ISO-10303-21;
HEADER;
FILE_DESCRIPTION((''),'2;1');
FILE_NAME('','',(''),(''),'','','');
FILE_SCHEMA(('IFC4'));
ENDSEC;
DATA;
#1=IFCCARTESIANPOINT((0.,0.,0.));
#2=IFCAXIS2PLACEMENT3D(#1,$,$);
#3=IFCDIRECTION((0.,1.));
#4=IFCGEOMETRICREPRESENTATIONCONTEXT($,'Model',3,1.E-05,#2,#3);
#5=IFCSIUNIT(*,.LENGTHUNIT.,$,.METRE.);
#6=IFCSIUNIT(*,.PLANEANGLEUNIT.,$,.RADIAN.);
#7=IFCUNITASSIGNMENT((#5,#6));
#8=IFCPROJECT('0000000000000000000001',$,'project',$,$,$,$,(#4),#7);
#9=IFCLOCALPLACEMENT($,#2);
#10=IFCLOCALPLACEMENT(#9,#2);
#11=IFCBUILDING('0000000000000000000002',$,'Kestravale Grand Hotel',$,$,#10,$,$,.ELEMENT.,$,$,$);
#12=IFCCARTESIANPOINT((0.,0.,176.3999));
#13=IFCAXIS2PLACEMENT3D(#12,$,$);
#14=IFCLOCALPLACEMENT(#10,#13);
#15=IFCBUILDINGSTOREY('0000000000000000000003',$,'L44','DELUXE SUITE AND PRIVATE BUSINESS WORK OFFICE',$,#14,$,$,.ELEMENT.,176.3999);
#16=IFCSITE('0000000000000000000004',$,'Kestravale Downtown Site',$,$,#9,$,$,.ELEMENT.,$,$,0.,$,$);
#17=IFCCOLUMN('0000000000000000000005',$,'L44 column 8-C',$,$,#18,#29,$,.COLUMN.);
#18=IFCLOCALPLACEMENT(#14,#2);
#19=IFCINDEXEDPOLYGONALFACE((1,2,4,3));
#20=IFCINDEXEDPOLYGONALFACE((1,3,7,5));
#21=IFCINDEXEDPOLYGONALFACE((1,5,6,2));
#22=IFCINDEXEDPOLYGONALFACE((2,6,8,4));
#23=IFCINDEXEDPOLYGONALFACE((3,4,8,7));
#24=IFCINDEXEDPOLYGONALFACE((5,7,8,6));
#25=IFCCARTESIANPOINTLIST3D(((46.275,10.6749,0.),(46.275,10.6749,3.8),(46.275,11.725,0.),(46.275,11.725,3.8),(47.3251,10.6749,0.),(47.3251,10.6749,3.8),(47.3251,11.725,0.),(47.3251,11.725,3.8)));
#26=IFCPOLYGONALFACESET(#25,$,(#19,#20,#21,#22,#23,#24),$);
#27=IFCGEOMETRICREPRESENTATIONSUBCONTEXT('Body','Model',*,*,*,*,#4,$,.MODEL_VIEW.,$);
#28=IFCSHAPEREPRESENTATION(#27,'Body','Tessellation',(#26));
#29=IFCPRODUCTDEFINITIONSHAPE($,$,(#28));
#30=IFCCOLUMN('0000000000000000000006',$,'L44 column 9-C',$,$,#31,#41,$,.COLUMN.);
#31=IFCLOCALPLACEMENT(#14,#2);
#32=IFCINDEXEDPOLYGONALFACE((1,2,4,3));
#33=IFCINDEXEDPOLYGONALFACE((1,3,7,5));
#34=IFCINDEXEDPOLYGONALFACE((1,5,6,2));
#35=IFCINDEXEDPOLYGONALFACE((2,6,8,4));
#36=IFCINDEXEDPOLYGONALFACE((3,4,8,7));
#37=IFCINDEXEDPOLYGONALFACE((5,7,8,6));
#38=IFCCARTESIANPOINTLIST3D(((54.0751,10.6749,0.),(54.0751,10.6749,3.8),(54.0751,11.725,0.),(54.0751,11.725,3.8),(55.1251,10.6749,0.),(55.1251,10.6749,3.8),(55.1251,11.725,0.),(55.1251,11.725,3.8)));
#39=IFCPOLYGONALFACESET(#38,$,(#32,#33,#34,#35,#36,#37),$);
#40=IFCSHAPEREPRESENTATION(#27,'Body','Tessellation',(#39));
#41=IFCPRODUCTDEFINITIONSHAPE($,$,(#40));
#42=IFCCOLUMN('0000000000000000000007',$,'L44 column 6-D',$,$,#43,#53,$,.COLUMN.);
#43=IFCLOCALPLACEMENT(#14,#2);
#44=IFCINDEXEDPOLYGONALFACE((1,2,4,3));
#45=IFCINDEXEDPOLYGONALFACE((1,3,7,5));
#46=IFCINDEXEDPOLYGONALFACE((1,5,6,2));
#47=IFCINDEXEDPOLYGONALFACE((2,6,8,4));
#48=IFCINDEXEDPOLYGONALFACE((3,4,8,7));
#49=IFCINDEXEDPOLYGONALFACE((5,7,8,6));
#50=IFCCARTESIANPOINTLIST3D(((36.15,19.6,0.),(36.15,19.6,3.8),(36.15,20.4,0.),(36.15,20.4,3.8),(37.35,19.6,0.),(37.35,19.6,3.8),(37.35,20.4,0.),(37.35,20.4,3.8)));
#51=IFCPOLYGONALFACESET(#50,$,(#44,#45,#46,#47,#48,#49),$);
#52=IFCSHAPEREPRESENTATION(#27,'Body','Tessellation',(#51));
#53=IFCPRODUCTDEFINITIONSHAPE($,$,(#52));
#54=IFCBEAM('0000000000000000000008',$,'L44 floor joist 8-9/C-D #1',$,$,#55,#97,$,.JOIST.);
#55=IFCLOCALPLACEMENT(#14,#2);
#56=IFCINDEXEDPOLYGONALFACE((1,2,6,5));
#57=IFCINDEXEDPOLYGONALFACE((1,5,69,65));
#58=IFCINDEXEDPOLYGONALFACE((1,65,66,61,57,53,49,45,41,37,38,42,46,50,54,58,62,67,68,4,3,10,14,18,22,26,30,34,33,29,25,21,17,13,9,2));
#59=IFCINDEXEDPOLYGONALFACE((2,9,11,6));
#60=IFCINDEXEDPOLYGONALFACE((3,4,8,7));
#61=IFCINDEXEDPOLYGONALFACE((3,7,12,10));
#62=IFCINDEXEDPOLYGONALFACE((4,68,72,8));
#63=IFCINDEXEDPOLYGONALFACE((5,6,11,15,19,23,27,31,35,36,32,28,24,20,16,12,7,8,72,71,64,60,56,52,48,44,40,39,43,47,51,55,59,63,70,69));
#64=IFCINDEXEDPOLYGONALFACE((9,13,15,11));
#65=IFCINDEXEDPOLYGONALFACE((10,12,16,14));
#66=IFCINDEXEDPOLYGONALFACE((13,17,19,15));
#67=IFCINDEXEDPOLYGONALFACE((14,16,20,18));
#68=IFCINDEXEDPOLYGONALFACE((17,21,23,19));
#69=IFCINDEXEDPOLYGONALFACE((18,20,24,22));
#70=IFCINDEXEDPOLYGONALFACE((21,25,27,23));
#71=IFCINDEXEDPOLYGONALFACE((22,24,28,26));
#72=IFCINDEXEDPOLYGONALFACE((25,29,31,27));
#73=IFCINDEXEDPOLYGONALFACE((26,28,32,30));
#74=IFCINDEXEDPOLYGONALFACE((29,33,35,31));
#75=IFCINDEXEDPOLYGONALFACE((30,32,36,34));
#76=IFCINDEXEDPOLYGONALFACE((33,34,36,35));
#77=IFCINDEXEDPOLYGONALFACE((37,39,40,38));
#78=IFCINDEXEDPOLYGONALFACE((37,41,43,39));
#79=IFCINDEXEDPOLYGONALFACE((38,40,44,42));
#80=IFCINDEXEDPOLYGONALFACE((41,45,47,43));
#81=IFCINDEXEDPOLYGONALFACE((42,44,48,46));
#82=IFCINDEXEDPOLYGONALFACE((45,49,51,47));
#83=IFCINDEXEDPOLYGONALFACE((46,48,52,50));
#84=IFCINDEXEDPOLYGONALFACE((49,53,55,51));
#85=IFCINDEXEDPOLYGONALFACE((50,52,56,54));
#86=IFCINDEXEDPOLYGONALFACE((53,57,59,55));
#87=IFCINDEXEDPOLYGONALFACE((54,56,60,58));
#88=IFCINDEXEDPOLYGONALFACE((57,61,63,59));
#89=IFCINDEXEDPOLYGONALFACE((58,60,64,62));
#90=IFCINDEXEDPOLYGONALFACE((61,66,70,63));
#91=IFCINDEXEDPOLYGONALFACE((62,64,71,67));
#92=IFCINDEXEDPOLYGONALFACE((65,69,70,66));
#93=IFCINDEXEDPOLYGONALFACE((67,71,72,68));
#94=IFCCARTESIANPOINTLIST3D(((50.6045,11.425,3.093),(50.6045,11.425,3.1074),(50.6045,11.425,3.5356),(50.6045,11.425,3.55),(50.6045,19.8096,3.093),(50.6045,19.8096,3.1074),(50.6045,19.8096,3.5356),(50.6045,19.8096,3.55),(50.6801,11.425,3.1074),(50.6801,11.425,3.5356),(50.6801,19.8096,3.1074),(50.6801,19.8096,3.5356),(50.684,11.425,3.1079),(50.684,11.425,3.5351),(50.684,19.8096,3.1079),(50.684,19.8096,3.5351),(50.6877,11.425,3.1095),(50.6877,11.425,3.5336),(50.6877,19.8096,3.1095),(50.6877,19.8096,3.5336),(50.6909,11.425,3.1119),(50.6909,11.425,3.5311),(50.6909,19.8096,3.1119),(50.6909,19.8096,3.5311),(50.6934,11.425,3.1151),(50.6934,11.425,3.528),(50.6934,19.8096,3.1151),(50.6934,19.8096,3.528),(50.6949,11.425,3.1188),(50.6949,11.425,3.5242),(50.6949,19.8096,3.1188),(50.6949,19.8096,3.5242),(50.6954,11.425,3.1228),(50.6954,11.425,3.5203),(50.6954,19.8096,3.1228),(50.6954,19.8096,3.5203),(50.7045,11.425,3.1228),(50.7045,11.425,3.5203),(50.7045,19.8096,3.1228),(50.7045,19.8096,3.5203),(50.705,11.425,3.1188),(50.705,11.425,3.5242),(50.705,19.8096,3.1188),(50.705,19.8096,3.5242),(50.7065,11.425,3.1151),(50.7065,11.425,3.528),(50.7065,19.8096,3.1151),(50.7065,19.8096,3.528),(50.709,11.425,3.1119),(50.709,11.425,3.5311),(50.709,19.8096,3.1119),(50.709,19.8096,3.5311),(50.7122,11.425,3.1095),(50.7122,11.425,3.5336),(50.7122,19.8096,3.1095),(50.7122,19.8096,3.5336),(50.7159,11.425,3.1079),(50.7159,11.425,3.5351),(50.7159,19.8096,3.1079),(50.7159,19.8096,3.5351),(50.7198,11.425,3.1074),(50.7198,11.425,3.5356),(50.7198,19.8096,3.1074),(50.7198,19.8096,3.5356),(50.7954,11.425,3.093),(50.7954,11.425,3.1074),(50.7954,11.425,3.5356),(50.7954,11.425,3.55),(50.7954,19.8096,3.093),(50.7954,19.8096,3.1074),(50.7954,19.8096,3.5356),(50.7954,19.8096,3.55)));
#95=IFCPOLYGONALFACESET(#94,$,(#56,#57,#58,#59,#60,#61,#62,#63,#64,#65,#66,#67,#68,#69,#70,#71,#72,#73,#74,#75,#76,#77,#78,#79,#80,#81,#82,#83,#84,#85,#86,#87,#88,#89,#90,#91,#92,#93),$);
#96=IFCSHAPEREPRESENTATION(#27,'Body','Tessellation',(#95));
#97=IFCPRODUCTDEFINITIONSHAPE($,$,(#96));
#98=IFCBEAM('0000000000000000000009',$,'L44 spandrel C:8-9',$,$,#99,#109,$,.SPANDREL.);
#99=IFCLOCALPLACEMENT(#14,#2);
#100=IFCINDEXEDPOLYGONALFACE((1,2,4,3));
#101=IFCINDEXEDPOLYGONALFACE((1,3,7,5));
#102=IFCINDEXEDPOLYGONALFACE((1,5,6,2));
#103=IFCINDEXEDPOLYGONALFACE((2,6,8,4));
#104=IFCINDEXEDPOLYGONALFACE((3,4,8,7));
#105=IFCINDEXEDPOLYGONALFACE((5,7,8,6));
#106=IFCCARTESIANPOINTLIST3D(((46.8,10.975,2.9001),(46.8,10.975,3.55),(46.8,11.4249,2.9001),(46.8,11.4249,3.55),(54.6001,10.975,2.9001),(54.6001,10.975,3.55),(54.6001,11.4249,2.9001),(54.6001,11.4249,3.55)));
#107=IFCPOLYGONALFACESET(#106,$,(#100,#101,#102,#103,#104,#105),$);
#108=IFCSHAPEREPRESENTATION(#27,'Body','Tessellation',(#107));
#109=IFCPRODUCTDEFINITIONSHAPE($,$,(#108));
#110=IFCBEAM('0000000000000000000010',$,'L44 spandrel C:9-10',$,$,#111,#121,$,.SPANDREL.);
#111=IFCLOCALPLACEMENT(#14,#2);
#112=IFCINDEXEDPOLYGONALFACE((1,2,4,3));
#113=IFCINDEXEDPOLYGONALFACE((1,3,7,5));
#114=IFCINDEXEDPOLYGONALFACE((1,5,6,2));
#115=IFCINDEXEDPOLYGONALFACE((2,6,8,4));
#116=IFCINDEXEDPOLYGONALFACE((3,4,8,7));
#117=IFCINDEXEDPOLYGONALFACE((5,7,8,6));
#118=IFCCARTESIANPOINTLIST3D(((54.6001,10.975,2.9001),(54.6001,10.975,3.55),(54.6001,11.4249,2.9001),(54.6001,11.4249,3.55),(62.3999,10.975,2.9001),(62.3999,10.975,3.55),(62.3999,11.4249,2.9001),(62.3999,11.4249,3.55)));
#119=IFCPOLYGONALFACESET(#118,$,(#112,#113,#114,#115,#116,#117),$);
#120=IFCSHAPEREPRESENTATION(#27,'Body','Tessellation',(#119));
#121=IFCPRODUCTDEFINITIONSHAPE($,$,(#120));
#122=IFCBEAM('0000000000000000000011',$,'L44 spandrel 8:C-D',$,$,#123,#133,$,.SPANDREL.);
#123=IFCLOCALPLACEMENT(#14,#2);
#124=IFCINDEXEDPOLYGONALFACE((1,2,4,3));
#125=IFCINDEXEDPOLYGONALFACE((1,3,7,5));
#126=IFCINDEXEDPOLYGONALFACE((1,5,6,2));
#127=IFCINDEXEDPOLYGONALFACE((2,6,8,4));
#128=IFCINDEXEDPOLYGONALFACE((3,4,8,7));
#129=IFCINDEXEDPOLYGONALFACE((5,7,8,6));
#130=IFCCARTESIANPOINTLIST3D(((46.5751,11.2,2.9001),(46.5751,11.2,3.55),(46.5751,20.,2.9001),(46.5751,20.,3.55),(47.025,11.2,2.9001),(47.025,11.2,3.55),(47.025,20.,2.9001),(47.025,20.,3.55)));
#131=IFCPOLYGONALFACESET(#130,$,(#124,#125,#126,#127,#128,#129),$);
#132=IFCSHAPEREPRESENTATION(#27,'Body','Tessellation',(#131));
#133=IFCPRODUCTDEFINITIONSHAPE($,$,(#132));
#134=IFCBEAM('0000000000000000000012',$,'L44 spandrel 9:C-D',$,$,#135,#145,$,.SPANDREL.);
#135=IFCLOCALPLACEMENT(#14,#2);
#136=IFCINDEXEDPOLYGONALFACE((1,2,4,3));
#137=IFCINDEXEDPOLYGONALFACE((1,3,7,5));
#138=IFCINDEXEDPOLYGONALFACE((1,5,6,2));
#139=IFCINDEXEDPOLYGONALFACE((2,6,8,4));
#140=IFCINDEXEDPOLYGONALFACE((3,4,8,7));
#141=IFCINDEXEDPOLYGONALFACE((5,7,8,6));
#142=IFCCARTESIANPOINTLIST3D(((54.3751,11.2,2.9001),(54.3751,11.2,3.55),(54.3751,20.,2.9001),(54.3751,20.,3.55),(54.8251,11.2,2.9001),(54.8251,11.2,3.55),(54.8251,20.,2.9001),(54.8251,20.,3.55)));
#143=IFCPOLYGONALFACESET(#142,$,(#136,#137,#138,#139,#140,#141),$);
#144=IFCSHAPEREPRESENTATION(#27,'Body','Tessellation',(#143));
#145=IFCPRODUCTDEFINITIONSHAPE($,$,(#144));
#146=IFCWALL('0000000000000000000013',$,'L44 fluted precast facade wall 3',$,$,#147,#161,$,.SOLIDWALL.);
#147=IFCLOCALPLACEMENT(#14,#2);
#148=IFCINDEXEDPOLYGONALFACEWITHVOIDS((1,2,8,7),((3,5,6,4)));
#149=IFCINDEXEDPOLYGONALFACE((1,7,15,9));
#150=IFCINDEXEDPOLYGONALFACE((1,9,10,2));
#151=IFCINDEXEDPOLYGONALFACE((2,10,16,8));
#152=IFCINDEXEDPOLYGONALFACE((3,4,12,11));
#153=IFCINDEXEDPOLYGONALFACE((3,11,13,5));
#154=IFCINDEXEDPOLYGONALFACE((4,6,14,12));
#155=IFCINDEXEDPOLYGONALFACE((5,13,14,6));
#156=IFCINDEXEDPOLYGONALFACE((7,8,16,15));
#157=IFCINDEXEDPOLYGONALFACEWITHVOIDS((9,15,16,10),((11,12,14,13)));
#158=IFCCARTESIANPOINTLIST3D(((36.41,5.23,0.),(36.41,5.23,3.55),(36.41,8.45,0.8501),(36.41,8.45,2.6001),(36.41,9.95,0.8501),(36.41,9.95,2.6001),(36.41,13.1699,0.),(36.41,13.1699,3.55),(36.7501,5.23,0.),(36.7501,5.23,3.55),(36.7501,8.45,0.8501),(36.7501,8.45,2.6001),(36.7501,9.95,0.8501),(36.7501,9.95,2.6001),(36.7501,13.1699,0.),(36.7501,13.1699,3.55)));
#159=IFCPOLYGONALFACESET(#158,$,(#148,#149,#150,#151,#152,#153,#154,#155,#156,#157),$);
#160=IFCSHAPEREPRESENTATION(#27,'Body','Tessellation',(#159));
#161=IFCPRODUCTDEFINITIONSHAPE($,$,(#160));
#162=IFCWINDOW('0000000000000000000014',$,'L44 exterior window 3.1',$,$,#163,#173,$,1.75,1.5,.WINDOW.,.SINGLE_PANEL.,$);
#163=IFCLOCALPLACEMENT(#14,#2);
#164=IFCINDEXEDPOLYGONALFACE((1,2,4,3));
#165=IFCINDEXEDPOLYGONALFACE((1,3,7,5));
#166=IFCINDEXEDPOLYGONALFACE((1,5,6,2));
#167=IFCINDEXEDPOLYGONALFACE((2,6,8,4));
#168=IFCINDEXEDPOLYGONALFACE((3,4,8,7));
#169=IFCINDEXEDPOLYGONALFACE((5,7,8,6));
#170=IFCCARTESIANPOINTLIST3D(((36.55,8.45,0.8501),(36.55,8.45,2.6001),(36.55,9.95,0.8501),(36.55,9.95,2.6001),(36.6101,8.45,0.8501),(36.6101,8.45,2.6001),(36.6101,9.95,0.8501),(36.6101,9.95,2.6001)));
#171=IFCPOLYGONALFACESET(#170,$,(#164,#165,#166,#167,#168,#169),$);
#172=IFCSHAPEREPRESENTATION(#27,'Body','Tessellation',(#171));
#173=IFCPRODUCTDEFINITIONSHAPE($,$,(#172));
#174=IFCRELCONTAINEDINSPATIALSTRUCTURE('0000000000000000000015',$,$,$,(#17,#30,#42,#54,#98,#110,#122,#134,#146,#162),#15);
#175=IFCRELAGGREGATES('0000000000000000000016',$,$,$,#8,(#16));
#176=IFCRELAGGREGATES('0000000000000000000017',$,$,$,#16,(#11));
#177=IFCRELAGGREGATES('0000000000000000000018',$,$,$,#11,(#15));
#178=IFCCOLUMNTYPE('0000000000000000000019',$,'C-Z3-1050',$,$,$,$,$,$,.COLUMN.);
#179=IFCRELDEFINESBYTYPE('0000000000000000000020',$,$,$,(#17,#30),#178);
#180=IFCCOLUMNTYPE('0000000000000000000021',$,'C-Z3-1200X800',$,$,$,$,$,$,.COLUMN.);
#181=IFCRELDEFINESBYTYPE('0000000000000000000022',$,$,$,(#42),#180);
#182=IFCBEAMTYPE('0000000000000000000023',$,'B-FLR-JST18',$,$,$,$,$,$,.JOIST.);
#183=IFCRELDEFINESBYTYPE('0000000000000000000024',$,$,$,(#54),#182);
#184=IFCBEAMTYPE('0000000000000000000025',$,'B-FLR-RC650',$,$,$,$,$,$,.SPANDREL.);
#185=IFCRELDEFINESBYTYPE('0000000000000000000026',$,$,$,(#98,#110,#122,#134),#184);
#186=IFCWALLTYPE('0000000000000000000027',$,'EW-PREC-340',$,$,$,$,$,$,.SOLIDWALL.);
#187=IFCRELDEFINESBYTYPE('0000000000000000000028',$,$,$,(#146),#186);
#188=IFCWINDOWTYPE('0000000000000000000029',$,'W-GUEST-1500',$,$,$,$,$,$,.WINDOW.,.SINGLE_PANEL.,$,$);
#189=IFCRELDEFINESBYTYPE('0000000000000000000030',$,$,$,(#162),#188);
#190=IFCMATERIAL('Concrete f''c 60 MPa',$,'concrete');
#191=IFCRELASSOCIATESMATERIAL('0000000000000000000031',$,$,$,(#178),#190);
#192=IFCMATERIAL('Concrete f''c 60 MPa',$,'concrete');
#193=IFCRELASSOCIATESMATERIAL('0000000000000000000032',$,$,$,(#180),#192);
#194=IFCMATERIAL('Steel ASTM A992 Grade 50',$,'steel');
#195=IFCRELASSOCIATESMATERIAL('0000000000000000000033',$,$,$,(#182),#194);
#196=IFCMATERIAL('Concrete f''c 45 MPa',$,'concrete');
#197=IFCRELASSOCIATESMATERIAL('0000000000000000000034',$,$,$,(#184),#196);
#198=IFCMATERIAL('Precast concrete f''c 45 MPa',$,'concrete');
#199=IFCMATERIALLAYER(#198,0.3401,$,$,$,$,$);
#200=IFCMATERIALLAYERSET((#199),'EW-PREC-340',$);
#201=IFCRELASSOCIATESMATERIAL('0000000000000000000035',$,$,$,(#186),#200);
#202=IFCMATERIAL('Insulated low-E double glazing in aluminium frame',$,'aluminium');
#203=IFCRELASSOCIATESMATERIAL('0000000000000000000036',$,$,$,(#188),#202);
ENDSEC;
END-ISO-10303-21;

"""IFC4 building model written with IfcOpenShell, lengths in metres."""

from ifc_helpers import new_model, si_unit, direction, frame, frame_2d, origin, origin_2d, place, context, subcontext, project, spatial, rectangle, i_section, extrude, material, layer, layer_set, material_profile, profile_set, type_object, element, fill, save


model = new_model("IFC4")

# Units and contexts
model_context = context("Model", 3, precision=1e-05, world=origin(), true_north=direction((0.0, 1.0)))
body_context = subcontext(model_context, "Body", "Model", "MODEL_VIEW")
ifc_project = project(units=[si_unit("LENGTHUNIT", "METRE"), si_unit("PLANEANGLEUNIT", "RADIAN")], contexts=[model_context])

# Site, building, storey
site_placement = place(None, origin())
site = spatial("IfcSite", under=ifc_project, at=site_placement, Name="Kestravale Downtown Site", CompositionType="ELEMENT", RefElevation=0.0)
building_placement = place(site_placement, origin())
building = spatial("IfcBuilding", under=site, at=building_placement, Name="Kestravale Grand Hotel", CompositionType="ELEMENT")
storey_placement = place(building_placement, frame((0.0, 0.0, 176.3999)))
storey = spatial("IfcBuildingStorey", under=building, at=storey_placement, Name="L44", Description="DELUXE SUITE AND PRIVATE BUSINESS WORK OFFICE", CompositionType="ELEMENT", Elevation=176.3999)

# Columns
ifc_material_1 = material(Name="Concrete f'c 60 MPa", Category="concrete")
ifc_material_profile_1 = material_profile(ifc_material_1, rectangle(XDim=1.05, YDim=1.05, at=origin_2d()))
ifc_profile_set_1 = profile_set([ifc_material_profile_1], Name="Concrete f'c 60 MPa")
column_type_1 = type_object("IfcColumnType", Name="C-Z3-1050", PredefinedType="COLUMN", material=ifc_profile_set_1)
for number, where, z_axis, x_axis, name in (
    (1, (46.8, 11.2, 0.0), (0.0, 0.0, 1.0), (1.0, 0.0, 0.0), "L44 column 8-C"),
    (2, (54.6001, 11.2, 0.0), (0.0, 0.0, 1.0), (1.0, 0.0, 0.0), "L44 column 9-C"),
):
    element("IfcColumn", number, at=place(storey_placement, frame(where, z_axis=z_axis, x_axis=x_axis)), inside=storey, type_object=column_type_1, Name=name, PredefinedType="COLUMN", context=body_context, shape_type="SweptSolid", body=[
        extrude(rectangle(XDim=1.05, YDim=1.05, at=origin_2d()), origin(), (0.0, 0.0, 1.0), 3.8),
    ])
ifc_material_2 = material(Name="Concrete f'c 60 MPa", Category="concrete")
ifc_material_profile_2 = material_profile(ifc_material_2, rectangle(XDim=1.2, YDim=0.8, at=origin_2d()))
ifc_profile_set_2 = profile_set([ifc_material_profile_2], Name="Concrete f'c 60 MPa")
column_type_2 = type_object("IfcColumnType", Name="C-Z3-1200X800", PredefinedType="COLUMN", material=ifc_profile_set_2)
column_placement = place(storey_placement, frame((36.75, 20.0, 0.0), z_axis=(0.0, 0.0, 1.0), x_axis=(1.0, 0.0, 0.0)))
element("IfcColumn", 3, at=column_placement, inside=storey, type_object=column_type_2, Name="L44 column 6-D", PredefinedType="COLUMN", context=body_context, shape_type="SweptSolid", body=[
    extrude(rectangle(XDim=1.2, YDim=0.8, at=origin_2d()), origin(), (0.0, 0.0, 1.0), 3.8),
])

# Beams
ifc_material_3 = material(Name="Steel ASTM A992 Grade 50", Category="steel")
ifc_material_profile_3 = material_profile(ifc_material_3, i_section(OverallWidth=0.1909, OverallDepth=0.457, WebThickness=0.009, FlangeThickness=0.0144, FilletRadius=0.0154, at=origin_2d()))
ifc_profile_set_3 = profile_set([ifc_material_profile_3], Name="Steel ASTM A992 Grade 50")
beam_type_1 = type_object("IfcBeamType", Name="B-FLR-JST18", PredefinedType="JOIST", material=ifc_profile_set_3)
beam_1_placement = place(storey_placement, frame((50.7, 11.425, 3.3215), z_axis=(0.0, 1.0, 0.0), x_axis=(-1.0, 0.0, 0.0)))
element("IfcBeam", 4, at=beam_1_placement, inside=storey, type_object=beam_type_1, Name="L44 floor joist 8-9/C-D #1", PredefinedType="JOIST", context=body_context, shape_type="SweptSolid", body=[
    extrude(i_section(OverallWidth=0.1909, OverallDepth=0.457, WebThickness=0.009, FlangeThickness=0.0144, FilletRadius=0.0154, at=origin_2d()), origin(), (0.0, 0.0, 1.0), 8.3845),
])
ifc_material_4 = material(Name="Concrete f'c 45 MPa", Category="concrete")
ifc_material_profile_4 = material_profile(ifc_material_4, rectangle(XDim=0.45, YDim=0.6499, at=origin_2d()))
ifc_profile_set_4 = profile_set([ifc_material_profile_4], Name="Concrete f'c 45 MPa")
beam_type_2 = type_object("IfcBeamType", Name="B-FLR-RC650", PredefinedType="SPANDREL", material=ifc_profile_set_4)
beam_2_placement = place(storey_placement, frame((46.8, 11.2, 3.2251), z_axis=(1.0, 0.0, 0.0), x_axis=(0.0, 1.0, 0.0)))
element("IfcBeam", 5, at=beam_2_placement, inside=storey, type_object=beam_type_2, Name="L44 spandrel C:8-9", PredefinedType="SPANDREL", context=body_context, shape_type="SweptSolid", body=[
    extrude(rectangle(XDim=0.45, YDim=0.6499, at=origin_2d()), origin(), (0.0, 0.0, 1.0), 7.8),
])
beam_3_placement = place(storey_placement, frame((54.6001, 11.2, 3.2251), z_axis=(1.0, 0.0, 0.0), x_axis=(0.0, 1.0, 0.0)))
element("IfcBeam", 6, at=beam_3_placement, inside=storey, type_object=beam_type_2, Name="L44 spandrel C:9-10", PredefinedType="SPANDREL", context=body_context, shape_type="SweptSolid", body=[
    extrude(rectangle(XDim=0.45, YDim=0.6499, at=origin_2d()), origin(), (0.0, 0.0, 1.0), 7.7998),
])
for number, where, z_axis, x_axis, name in (
    (7, (46.8, 11.2, 3.2251), (0.0, 1.0, 0.0), (-1.0, 0.0, 0.0), "L44 spandrel 8:C-D"),
    (8, (54.6001, 11.2, 3.2251), (0.0, 1.0, 0.0), (-1.0, 0.0, 0.0), "L44 spandrel 9:C-D"),
):
    element("IfcBeam", number, at=place(storey_placement, frame(where, z_axis=z_axis, x_axis=x_axis)), inside=storey, type_object=beam_type_2, Name=name, PredefinedType="SPANDREL", context=body_context, shape_type="SweptSolid", body=[
        extrude(rectangle(XDim=0.45, YDim=0.6499, at=origin_2d()), origin(), (0.0, 0.0, 1.0), 8.8),
    ])

# Wall, opening, window
ifc_material_5 = material(Name="Precast concrete f'c 45 MPa", Category="concrete")
ifc_layer_1 = layer(ifc_material_5, 0.3401)
ifc_layer_set_1 = layer_set([ifc_layer_1], Name="EW-PREC-340")
wall_type_1 = type_object("IfcWallType", Name="EW-PREC-340", PredefinedType="SOLIDWALL", material=ifc_layer_set_1)
wall_1_placement = place(storey_placement, frame((36.5801, 5.23, 0.0), z_axis=(0.0, 0.0, 1.0), x_axis=(0.0, 1.0, 0.0)))
wall_1 = element("IfcWall", 9, at=wall_1_placement, inside=storey, type_object=wall_type_1, Name="L44 fluted precast facade wall 3", PredefinedType="SOLIDWALL", context=body_context, shape_type="SweptSolid", body=[
    extrude(rectangle(XDim=7.9399, YDim=0.3401, at=frame_2d((3.97, 0.0))), origin(), (0.0, 0.0, 1.0), 3.55),
])
opening_1_placement = place(wall_1_placement, frame((3.22, 0.0, 0.8501)))
opening_1 = element("IfcOpeningElement", 10, at=opening_1_placement, cuts=wall_1, PredefinedType="OPENING", context=body_context, shape_type="SweptSolid", body=[
    extrude(rectangle(XDim=1.5, YDim=1.75, at=frame_2d((0.75, 0.875))), frame((0.0, 0.1799, 0.0), z_axis=(0.0, -1.0, 0.0), x_axis=(1.0, 0.0, 0.0)), (0.0, 0.0, 1.0), 0.3601),
])
ifc_material_6 = material(Name="Insulated low-E double glazing in aluminium frame", Category="aluminium")
window_type = type_object("IfcWindowType", Name="W-GUEST-1500", PartitioningType="SINGLE_PANEL", PredefinedType="WINDOW", material=ifc_material_6)
window_1_placement = place(opening_1_placement, origin())
window_1 = element("IfcWindow", 11, at=window_1_placement, inside=storey, type_object=window_type, Name="L44 exterior window 3.1", OverallHeight=1.75, OverallWidth=1.5, PartitioningType="SINGLE_PANEL", PredefinedType="WINDOW", context=body_context, shape_type="SweptSolid", body=[
    extrude(rectangle(XDim=1.5, YDim=1.75, at=frame_2d((0.75, 0.875))), frame((0.0, 0.03, 0.0), z_axis=(0.0, -1.0, 0.0), x_axis=(1.0, 0.0, 0.0)), (0.0, 0.0, 1.0), 0.0601),
])
fill(opening_1, window_1)

save(model, "model.ifc")
